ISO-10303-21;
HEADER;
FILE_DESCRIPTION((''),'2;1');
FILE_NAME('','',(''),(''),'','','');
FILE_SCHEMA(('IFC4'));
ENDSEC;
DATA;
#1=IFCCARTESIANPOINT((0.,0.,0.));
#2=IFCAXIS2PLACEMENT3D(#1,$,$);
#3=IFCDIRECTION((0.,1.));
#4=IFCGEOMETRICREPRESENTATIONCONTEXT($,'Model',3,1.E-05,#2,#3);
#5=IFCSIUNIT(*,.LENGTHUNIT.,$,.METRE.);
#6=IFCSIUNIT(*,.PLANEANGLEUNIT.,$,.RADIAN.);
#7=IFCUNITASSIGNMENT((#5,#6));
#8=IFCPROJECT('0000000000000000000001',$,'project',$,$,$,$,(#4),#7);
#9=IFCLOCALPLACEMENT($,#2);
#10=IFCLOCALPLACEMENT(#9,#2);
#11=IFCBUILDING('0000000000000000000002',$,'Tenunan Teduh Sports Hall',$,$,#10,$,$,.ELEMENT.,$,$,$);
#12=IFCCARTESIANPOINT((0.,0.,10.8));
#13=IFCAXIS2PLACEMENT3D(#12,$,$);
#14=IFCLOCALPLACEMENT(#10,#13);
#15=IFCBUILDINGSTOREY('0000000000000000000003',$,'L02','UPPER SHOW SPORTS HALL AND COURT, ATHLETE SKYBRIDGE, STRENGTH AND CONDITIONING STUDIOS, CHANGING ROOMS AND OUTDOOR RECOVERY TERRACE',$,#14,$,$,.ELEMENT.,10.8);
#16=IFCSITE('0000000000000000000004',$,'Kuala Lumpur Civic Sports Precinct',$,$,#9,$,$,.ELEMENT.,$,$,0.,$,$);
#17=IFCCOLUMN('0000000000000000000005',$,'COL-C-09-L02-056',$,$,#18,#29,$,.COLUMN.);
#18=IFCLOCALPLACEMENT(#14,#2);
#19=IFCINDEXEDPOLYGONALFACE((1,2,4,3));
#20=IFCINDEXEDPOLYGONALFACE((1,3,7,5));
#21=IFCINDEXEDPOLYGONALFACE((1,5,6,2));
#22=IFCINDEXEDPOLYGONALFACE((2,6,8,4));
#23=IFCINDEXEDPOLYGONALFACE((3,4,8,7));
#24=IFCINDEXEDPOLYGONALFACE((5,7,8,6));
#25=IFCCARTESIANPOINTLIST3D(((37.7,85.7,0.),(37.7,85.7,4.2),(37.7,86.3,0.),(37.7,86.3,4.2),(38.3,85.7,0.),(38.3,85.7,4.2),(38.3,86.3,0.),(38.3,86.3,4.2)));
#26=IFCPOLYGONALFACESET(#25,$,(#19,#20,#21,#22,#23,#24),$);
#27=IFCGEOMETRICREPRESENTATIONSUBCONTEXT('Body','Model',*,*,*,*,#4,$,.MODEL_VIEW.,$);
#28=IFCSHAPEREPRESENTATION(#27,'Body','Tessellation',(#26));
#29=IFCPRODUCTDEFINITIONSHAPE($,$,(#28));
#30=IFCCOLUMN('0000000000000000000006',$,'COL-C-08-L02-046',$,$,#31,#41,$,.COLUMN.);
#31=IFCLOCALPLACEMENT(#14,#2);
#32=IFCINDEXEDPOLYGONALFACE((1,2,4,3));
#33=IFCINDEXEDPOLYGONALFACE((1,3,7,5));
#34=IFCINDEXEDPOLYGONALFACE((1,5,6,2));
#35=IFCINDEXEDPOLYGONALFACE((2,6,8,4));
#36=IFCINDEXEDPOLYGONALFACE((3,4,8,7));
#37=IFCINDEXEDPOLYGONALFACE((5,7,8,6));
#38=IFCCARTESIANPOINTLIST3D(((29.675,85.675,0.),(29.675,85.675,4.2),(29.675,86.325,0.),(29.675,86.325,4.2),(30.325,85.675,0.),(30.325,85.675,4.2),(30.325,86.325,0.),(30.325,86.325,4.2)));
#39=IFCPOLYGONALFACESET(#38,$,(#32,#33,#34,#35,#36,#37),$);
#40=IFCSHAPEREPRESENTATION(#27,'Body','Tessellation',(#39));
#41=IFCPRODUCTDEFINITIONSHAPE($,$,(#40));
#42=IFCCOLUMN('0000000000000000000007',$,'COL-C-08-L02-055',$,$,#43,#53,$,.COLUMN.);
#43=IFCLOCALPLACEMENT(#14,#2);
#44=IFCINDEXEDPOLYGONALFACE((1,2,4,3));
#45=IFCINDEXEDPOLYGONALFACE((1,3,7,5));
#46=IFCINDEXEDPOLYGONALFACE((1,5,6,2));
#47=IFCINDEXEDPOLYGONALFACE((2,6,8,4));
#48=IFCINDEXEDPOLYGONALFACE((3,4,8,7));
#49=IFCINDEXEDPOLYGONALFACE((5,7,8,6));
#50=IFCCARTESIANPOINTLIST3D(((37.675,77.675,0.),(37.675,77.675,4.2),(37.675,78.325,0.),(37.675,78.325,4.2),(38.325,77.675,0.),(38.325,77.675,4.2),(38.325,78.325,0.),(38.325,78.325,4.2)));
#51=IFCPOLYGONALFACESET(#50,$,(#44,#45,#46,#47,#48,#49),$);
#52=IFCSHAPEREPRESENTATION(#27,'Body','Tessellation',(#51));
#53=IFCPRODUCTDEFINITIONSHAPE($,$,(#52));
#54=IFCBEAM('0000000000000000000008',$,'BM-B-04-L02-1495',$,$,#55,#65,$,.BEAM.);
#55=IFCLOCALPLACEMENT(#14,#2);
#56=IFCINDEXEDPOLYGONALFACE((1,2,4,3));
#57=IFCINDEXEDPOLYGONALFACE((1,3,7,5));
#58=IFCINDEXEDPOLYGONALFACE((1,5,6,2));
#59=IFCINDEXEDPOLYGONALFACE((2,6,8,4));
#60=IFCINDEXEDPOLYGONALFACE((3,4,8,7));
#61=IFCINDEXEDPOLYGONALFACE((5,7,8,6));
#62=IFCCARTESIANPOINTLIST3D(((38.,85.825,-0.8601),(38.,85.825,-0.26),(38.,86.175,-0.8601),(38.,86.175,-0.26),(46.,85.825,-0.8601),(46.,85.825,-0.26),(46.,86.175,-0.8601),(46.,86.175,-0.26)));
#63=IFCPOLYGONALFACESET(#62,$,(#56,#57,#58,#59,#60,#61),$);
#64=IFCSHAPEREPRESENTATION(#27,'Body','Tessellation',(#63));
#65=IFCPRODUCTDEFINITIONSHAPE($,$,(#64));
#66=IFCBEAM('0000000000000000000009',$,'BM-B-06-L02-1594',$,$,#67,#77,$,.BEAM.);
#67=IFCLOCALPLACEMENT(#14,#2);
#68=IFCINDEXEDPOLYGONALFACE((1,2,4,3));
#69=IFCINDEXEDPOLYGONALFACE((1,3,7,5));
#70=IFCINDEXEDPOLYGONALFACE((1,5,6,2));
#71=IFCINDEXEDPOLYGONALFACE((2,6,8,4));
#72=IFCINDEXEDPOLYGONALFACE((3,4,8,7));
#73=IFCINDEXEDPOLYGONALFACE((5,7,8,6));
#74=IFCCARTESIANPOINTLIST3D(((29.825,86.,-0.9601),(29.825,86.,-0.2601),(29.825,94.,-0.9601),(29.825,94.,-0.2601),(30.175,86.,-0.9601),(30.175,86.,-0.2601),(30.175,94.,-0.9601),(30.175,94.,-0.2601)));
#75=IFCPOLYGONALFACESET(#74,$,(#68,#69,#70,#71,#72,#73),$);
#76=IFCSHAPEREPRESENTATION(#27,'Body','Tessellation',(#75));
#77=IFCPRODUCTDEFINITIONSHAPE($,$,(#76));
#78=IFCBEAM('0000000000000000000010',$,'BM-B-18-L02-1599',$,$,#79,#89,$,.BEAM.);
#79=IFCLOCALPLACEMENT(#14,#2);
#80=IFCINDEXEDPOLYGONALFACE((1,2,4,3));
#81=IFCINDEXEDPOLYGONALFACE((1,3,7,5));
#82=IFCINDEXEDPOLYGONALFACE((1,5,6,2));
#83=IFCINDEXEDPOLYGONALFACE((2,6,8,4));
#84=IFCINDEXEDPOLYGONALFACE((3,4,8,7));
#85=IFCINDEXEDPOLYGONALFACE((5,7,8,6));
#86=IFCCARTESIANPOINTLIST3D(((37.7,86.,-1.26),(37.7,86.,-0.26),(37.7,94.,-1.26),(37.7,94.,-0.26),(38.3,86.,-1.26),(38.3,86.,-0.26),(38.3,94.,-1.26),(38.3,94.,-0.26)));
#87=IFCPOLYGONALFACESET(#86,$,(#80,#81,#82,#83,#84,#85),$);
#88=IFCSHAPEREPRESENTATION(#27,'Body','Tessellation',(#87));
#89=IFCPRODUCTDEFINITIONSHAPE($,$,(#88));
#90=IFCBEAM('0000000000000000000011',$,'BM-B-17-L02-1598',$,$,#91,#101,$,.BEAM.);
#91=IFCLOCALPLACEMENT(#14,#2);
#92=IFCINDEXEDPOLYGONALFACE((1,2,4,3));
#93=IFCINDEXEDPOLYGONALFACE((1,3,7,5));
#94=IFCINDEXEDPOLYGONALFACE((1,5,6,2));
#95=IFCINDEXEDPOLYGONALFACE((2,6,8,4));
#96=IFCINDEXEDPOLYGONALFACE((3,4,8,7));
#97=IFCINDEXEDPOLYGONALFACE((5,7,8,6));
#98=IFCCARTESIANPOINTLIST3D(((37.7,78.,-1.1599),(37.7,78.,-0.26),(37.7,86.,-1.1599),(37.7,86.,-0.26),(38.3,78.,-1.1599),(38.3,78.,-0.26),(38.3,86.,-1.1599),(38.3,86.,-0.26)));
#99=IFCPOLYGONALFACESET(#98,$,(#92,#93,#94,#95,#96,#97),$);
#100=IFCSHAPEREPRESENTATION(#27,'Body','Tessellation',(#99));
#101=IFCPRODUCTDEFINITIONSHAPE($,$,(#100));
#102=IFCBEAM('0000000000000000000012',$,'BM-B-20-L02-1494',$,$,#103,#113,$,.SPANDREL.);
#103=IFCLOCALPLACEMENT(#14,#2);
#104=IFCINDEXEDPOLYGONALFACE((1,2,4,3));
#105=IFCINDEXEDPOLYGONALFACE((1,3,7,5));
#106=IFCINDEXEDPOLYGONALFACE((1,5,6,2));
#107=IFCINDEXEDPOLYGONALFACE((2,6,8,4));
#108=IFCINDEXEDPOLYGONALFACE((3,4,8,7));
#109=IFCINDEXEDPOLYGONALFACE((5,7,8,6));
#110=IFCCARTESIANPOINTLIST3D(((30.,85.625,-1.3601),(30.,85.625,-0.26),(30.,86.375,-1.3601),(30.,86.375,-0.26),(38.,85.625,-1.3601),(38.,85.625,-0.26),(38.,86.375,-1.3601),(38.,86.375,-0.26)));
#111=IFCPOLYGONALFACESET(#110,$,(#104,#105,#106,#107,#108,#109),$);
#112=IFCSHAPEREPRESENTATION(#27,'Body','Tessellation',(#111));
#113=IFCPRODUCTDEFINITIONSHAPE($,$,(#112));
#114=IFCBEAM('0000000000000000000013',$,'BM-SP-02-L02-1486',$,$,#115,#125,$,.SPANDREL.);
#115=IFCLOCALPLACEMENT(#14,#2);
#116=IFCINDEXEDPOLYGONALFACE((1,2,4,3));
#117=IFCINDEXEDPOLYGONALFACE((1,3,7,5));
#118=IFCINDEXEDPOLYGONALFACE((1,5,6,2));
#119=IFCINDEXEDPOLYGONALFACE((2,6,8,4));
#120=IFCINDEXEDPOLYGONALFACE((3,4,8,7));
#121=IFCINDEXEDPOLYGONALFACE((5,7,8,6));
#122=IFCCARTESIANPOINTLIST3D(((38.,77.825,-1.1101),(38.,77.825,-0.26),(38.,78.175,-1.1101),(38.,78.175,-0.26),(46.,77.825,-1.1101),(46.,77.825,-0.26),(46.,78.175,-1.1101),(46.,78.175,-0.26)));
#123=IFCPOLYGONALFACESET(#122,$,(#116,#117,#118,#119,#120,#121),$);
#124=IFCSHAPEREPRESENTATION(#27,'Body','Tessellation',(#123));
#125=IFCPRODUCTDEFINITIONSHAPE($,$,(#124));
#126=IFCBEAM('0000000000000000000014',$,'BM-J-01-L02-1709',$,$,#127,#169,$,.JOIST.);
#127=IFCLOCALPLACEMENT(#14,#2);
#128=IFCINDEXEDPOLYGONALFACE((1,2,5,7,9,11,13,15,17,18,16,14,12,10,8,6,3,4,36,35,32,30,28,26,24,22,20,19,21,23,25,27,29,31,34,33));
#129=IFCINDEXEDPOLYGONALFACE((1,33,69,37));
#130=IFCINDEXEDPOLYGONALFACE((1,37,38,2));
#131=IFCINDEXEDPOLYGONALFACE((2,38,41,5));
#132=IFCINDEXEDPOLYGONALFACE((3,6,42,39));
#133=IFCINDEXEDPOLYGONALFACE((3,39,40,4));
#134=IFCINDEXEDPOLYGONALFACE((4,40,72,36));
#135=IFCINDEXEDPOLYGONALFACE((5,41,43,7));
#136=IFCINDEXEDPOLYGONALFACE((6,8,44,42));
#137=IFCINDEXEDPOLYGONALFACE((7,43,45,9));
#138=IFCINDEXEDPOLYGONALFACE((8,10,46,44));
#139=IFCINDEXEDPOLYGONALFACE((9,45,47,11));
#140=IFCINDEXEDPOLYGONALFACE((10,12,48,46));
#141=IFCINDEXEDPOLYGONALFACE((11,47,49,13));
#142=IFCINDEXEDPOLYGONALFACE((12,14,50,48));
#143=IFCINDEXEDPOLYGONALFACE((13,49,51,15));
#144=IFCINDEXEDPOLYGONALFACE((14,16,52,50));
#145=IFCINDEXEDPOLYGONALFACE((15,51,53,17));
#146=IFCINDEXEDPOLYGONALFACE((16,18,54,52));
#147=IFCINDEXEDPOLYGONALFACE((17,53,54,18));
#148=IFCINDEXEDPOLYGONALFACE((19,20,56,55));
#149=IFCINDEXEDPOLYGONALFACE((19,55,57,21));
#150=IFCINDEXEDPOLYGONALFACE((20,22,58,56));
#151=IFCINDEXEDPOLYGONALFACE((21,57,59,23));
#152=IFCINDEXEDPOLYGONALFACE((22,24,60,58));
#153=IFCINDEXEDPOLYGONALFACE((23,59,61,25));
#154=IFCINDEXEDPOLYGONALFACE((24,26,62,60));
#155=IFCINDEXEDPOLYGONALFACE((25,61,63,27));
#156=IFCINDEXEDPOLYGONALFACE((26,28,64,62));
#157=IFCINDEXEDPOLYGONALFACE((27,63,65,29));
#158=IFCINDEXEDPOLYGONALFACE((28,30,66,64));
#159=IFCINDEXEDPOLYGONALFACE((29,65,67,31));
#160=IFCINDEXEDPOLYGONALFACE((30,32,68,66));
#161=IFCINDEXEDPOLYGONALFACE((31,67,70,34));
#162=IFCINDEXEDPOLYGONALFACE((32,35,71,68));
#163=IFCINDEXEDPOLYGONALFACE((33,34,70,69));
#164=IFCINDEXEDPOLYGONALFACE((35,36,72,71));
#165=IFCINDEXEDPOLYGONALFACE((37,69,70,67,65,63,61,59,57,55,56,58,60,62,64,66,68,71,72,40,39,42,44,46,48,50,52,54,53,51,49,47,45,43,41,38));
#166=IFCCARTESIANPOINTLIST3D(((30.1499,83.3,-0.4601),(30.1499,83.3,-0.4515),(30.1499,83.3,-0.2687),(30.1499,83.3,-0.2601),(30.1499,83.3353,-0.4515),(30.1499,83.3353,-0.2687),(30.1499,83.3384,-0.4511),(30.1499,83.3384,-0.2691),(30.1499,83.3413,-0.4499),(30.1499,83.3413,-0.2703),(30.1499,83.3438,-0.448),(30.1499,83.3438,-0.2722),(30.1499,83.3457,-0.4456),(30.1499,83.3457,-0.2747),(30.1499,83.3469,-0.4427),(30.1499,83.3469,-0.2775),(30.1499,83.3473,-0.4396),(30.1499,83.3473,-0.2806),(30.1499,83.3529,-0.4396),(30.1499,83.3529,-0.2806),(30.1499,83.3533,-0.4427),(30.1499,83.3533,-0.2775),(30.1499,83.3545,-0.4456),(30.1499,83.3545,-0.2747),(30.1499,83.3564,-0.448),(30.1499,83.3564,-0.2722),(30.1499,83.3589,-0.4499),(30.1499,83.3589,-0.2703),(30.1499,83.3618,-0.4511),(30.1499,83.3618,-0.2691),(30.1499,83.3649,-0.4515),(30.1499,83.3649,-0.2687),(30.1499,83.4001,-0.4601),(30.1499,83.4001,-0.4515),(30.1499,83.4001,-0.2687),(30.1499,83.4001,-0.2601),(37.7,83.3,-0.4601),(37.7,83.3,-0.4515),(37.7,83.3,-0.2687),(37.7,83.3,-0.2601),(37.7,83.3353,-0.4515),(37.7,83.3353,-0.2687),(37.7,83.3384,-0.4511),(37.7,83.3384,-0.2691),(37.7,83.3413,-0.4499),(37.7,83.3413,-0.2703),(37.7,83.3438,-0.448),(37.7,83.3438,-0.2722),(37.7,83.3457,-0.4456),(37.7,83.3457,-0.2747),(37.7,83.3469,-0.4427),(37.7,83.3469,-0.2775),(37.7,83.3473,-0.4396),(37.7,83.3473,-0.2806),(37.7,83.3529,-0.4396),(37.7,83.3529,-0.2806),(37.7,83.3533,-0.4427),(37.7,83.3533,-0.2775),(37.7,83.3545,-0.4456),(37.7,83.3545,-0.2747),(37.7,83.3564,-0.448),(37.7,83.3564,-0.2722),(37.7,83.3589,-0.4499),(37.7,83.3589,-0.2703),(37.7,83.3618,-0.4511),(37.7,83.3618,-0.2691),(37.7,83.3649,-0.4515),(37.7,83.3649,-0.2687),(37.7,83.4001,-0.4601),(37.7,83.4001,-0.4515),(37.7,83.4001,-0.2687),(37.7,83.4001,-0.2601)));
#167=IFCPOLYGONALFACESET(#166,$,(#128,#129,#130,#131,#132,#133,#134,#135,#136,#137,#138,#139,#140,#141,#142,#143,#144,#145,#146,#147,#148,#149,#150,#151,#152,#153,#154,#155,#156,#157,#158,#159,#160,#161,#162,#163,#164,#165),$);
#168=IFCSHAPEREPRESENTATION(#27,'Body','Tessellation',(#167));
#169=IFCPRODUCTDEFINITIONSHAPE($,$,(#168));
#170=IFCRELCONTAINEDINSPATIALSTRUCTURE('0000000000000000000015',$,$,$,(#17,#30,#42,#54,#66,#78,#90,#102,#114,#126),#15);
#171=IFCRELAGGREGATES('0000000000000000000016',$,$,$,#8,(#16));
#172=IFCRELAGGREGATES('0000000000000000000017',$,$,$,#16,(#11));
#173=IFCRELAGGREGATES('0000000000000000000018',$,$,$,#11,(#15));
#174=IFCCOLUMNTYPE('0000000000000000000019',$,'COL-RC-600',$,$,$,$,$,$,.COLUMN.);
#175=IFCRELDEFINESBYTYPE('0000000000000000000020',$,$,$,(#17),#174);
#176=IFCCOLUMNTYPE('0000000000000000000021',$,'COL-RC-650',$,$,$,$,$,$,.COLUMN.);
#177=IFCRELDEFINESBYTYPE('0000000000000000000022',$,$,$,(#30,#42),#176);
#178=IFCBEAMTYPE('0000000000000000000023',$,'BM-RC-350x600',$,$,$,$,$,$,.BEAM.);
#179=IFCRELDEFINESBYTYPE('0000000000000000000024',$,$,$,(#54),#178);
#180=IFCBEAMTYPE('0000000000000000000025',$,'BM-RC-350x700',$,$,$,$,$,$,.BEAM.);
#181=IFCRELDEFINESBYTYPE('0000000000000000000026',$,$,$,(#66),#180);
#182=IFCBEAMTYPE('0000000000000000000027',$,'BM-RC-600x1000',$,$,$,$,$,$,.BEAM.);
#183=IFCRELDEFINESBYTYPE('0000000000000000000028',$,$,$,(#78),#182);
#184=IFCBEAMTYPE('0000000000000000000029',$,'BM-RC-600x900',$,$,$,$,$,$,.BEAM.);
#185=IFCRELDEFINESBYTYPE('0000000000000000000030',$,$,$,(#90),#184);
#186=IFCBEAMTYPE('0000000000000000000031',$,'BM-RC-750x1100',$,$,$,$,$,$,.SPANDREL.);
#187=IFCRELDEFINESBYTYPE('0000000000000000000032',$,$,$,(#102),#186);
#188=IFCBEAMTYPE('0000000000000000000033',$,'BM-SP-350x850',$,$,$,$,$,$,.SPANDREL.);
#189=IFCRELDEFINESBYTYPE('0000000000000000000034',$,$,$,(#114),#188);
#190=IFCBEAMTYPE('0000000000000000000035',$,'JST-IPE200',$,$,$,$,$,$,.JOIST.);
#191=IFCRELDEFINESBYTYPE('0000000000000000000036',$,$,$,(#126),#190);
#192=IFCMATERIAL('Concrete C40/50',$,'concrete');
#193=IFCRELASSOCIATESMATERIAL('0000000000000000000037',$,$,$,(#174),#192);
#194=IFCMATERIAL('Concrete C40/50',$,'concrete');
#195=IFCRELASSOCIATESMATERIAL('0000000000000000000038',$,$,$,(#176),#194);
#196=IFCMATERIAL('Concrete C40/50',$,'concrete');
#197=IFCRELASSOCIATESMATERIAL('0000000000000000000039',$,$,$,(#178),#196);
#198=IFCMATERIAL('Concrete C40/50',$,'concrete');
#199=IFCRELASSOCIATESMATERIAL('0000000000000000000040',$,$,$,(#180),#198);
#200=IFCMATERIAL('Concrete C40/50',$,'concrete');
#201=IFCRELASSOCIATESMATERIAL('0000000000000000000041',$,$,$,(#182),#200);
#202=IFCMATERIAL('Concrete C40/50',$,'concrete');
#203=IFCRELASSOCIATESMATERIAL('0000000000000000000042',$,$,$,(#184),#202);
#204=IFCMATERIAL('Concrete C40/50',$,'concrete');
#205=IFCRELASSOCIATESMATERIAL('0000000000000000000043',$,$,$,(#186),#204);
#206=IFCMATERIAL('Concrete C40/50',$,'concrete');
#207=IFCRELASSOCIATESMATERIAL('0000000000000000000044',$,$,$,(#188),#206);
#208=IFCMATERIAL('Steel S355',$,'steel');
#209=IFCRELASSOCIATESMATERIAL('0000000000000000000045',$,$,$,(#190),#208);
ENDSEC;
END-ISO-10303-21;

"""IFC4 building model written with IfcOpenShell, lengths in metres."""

from ifc_helpers import new_model, si_unit, direction, frame, origin, origin_2d, place, context, subcontext, project, spatial, rectangle, i_section, extrude, material, material_profile, profile_set, type_object, element, save


model = new_model("IFC4")

# Units and contexts
model_context = context("Model", 3, precision=1e-05, world=origin(), true_north=direction((0.0, 1.0)))
body_context = subcontext(model_context, "Body", "Model", "MODEL_VIEW")
ifc_project = project(units=[si_unit("LENGTHUNIT", "METRE"), si_unit("PLANEANGLEUNIT", "RADIAN")], contexts=[model_context])

# Site, building, storey
site_placement = place(None, origin())
site = spatial("IfcSite", under=ifc_project, at=site_placement, Name="Kuala Lumpur Civic Sports Precinct", CompositionType="ELEMENT", RefElevation=0.0)
building_placement = place(site_placement, origin())
building = spatial("IfcBuilding", under=site, at=building_placement, Name="Tenunan Teduh Sports Hall", CompositionType="ELEMENT")
storey_placement = place(building_placement, frame((0.0, 0.0, 10.8)))
storey = spatial("IfcBuildingStorey", under=building, at=storey_placement, Name="L02", Description="UPPER SHOW SPORTS HALL AND COURT, ATHLETE SKYBRIDGE, STRENGTH AND CONDITIONING STUDIOS, CHANGING ROOMS AND OUTDOOR RECOVERY TERRACE", CompositionType="ELEMENT", Elevation=10.8)

# Columns
ifc_material_1 = material(Name="Concrete C40/50", Category="concrete")
ifc_material_profile_1 = material_profile(ifc_material_1, rectangle(XDim=0.6001, YDim=0.6001, at=origin_2d()), Name="RC 600x600")
ifc_profile_set_1 = profile_set([ifc_material_profile_1], Name="Concrete C40/50")
column_type_1 = type_object("IfcColumnType", Name="COL-RC-600", PredefinedType="COLUMN", material=ifc_profile_set_1)
column_placement = place(storey_placement, frame((38.0, 86.0, 0.0), z_axis=(0.0, 0.0, 1.0), x_axis=(1.0, 0.0, 0.0)))
element("IfcColumn", 1, at=column_placement, inside=storey, type_object=column_type_1, Name="COL-C-09-L02-056", PredefinedType="COLUMN", context=body_context, shape_type="SweptSolid", body=[
    extrude(rectangle(XDim=0.6001, YDim=0.6001, at=origin_2d()), origin(), (0.0, 0.0, 1.0), 4.2),
])
ifc_material_2 = material(Name="Concrete C40/50", Category="concrete")
ifc_material_profile_2 = material_profile(ifc_material_2, rectangle(XDim=0.6499, YDim=0.6499, at=origin_2d()), Name="RC 650x650")
ifc_profile_set_2 = profile_set([ifc_material_profile_2], Name="Concrete C40/50")
column_type_2 = type_object("IfcColumnType", Name="COL-RC-650", PredefinedType="COLUMN", material=ifc_profile_set_2)
for number, where, z_axis, x_axis, name in (
    (2, (30.0, 86.0, 0.0), (0.0, 0.0, 1.0), (1.0, 0.0, 0.0), "COL-C-08-L02-046"),
    (3, (38.0, 78.0, 0.0), (0.0, 0.0, 1.0), (1.0, 0.0, 0.0), "COL-C-08-L02-055"),
):
    element("IfcColumn", number, at=place(storey_placement, frame(where, z_axis=z_axis, x_axis=x_axis)), inside=storey, type_object=column_type_2, Name=name, PredefinedType="COLUMN", context=body_context, shape_type="SweptSolid", body=[
        extrude(rectangle(XDim=0.6499, YDim=0.6499, at=origin_2d()), origin(), (0.0, 0.0, 1.0), 4.2),
    ])

# Beams
ifc_material_3 = material(Name="Concrete C40/50", Category="concrete")
ifc_material_profile_3 = material_profile(ifc_material_3, rectangle(XDim=0.3501, YDim=0.6001, at=origin_2d()), Name="RCB 350x600")
ifc_profile_set_3 = profile_set([ifc_material_profile_3], Name="Concrete C40/50")
beam_type_1 = type_object("IfcBeamType", Name="BM-RC-350x600", PredefinedType="BEAM", material=ifc_profile_set_3)
beam_1_placement = place(storey_placement, frame((38.0, 86.0, -0.5601), z_axis=(1.0, 0.0, 0.0), x_axis=(0.0, 1.0, 0.0)))
element("IfcBeam", 4, at=beam_1_placement, inside=storey, type_object=beam_type_1, Name="BM-B-04-L02-1495", PredefinedType="BEAM", context=body_context, shape_type="SweptSolid", body=[
    extrude(rectangle(XDim=0.3501, YDim=0.6001, at=origin_2d()), origin(), (0.0, 0.0, 1.0), 8.0),
])
ifc_material_4 = material(Name="Concrete C40/50", Category="concrete")
ifc_material_profile_4 = material_profile(ifc_material_4, rectangle(XDim=0.3501, YDim=0.7, at=origin_2d()), Name="RCB 350x700")
ifc_profile_set_4 = profile_set([ifc_material_profile_4], Name="Concrete C40/50")
beam_type_2 = type_object("IfcBeamType", Name="BM-RC-350x700", PredefinedType="BEAM", material=ifc_profile_set_4)
beam_2_placement = place(storey_placement, frame((30.0, 86.0, -0.6101), z_axis=(0.0, 1.0, 0.0), x_axis=(-1.0, 0.0, 0.0)))
element("IfcBeam", 5, at=beam_2_placement, inside=storey, type_object=beam_type_2, Name="BM-B-06-L02-1594", PredefinedType="BEAM", context=body_context, shape_type="SweptSolid", body=[
    extrude(rectangle(XDim=0.3501, YDim=0.7, at=origin_2d()), origin(), (0.0, 0.0, 1.0), 8.0),
])
ifc_material_5 = material(Name="Concrete C40/50", Category="concrete")
ifc_material_profile_5 = material_profile(ifc_material_5, rectangle(XDim=0.6001, YDim=1.0, at=origin_2d()), Name="RCB 600x1000")
ifc_profile_set_5 = profile_set([ifc_material_profile_5], Name="Concrete C40/50")
beam_type_3 = type_object("IfcBeamType", Name="BM-RC-600x1000", PredefinedType="BEAM", material=ifc_profile_set_5)
beam_3_placement = place(storey_placement, frame((38.0, 86.0, -0.76), z_axis=(0.0, 1.0, 0.0), x_axis=(-1.0, 0.0, 0.0)))
element("IfcBeam", 6, at=beam_3_placement, inside=storey, type_object=beam_type_3, Name="BM-B-18-L02-1599", PredefinedType="BEAM", context=body_context, shape_type="SweptSolid", body=[
    extrude(rectangle(XDim=0.6001, YDim=1.0, at=origin_2d()), origin(), (0.0, 0.0, 1.0), 8.0),
])
ifc_material_6 = material(Name="Concrete C40/50", Category="concrete")
ifc_material_profile_6 = material_profile(ifc_material_6, rectangle(XDim=0.6001, YDim=0.8999, at=origin_2d()), Name="RCB 600x900")
ifc_profile_set_6 = profile_set([ifc_material_profile_6], Name="Concrete C40/50")
beam_type_4 = type_object("IfcBeamType", Name="BM-RC-600x900", PredefinedType="BEAM", material=ifc_profile_set_6)
beam_4_placement = place(storey_placement, frame((38.0, 78.0, -0.71), z_axis=(0.0, 1.0, 0.0), x_axis=(-1.0, 0.0, 0.0)))
element("IfcBeam", 7, at=beam_4_placement, inside=storey, type_object=beam_type_4, Name="BM-B-17-L02-1598", PredefinedType="BEAM", context=body_context, shape_type="SweptSolid", body=[
    extrude(rectangle(XDim=0.6001, YDim=0.8999, at=origin_2d()), origin(), (0.0, 0.0, 1.0), 8.0),
])
ifc_material_7 = material(Name="Concrete C40/50", Category="concrete")
ifc_material_profile_7 = material_profile(ifc_material_7, rectangle(XDim=0.75, YDim=1.1001, at=origin_2d()), Name="RCB 750x1100")
ifc_profile_set_7 = profile_set([ifc_material_profile_7], Name="Concrete C40/50")
beam_type_5 = type_object("IfcBeamType", Name="BM-RC-750x1100", PredefinedType="SPANDREL", material=ifc_profile_set_7)
beam_5_placement = place(storey_placement, frame((30.0, 86.0, -0.8101), z_axis=(1.0, 0.0, 0.0), x_axis=(0.0, 1.0, 0.0)))
element("IfcBeam", 8, at=beam_5_placement, inside=storey, type_object=beam_type_5, Name="BM-B-20-L02-1494", PredefinedType="SPANDREL", context=body_context, shape_type="SweptSolid", body=[
    extrude(rectangle(XDim=0.75, YDim=1.1001, at=origin_2d()), origin(), (0.0, 0.0, 1.0), 8.0),
])
ifc_material_8 = material(Name="Concrete C40/50", Category="concrete")
ifc_material_profile_8 = material_profile(ifc_material_8, rectangle(XDim=0.3501, YDim=0.8501, at=origin_2d()), Name="SPB 350x850")
ifc_profile_set_8 = profile_set([ifc_material_profile_8], Name="Concrete C40/50")
beam_type_6 = type_object("IfcBeamType", Name="BM-SP-350x850", PredefinedType="SPANDREL", material=ifc_profile_set_8)
beam_6_placement = place(storey_placement, frame((38.0, 78.0, -0.6851), z_axis=(1.0, 0.0, 0.0), x_axis=(0.0, 1.0, 0.0)))
element("IfcBeam", 9, at=beam_6_placement, inside=storey, type_object=beam_type_6, Name="BM-SP-02-L02-1486", PredefinedType="SPANDREL", context=body_context, shape_type="SweptSolid", body=[
    extrude(rectangle(XDim=0.3501, YDim=0.8501, at=origin_2d()), origin(), (0.0, 0.0, 1.0), 8.0),
])
ifc_material_9 = material(Name="Steel S355", Category="steel")
ifc_material_profile_9 = material_profile(ifc_material_9, i_section(OverallWidth=0.1001, OverallDepth=0.2, WebThickness=0.0056, FlangeThickness=0.0085, FilletRadius=0.012, at=origin_2d()), Name="IPE 200")
ifc_profile_set_9 = profile_set([ifc_material_profile_9], Name="Steel S355")
beam_type_7 = type_object("IfcBeamType", Name="JST-IPE200", PredefinedType="JOIST", material=ifc_profile_set_9)
beam_7_placement = place(storey_placement, frame((30.1499, 83.3501, -0.3601), z_axis=(1.0, 0.0, 0.0), x_axis=(0.0, 1.0, 0.0)))
element("IfcBeam", 10, at=beam_7_placement, inside=storey, type_object=beam_type_7, Name="BM-J-01-L02-1709", PredefinedType="JOIST", context=body_context, shape_type="SweptSolid", body=[
    extrude(i_section(OverallWidth=0.1001, OverallDepth=0.2, WebThickness=0.0056, FlangeThickness=0.0085, FilletRadius=0.012, at=origin_2d()), origin(), (0.0, 0.0, 1.0), 7.55),
])

save(model, "model.ifc")
